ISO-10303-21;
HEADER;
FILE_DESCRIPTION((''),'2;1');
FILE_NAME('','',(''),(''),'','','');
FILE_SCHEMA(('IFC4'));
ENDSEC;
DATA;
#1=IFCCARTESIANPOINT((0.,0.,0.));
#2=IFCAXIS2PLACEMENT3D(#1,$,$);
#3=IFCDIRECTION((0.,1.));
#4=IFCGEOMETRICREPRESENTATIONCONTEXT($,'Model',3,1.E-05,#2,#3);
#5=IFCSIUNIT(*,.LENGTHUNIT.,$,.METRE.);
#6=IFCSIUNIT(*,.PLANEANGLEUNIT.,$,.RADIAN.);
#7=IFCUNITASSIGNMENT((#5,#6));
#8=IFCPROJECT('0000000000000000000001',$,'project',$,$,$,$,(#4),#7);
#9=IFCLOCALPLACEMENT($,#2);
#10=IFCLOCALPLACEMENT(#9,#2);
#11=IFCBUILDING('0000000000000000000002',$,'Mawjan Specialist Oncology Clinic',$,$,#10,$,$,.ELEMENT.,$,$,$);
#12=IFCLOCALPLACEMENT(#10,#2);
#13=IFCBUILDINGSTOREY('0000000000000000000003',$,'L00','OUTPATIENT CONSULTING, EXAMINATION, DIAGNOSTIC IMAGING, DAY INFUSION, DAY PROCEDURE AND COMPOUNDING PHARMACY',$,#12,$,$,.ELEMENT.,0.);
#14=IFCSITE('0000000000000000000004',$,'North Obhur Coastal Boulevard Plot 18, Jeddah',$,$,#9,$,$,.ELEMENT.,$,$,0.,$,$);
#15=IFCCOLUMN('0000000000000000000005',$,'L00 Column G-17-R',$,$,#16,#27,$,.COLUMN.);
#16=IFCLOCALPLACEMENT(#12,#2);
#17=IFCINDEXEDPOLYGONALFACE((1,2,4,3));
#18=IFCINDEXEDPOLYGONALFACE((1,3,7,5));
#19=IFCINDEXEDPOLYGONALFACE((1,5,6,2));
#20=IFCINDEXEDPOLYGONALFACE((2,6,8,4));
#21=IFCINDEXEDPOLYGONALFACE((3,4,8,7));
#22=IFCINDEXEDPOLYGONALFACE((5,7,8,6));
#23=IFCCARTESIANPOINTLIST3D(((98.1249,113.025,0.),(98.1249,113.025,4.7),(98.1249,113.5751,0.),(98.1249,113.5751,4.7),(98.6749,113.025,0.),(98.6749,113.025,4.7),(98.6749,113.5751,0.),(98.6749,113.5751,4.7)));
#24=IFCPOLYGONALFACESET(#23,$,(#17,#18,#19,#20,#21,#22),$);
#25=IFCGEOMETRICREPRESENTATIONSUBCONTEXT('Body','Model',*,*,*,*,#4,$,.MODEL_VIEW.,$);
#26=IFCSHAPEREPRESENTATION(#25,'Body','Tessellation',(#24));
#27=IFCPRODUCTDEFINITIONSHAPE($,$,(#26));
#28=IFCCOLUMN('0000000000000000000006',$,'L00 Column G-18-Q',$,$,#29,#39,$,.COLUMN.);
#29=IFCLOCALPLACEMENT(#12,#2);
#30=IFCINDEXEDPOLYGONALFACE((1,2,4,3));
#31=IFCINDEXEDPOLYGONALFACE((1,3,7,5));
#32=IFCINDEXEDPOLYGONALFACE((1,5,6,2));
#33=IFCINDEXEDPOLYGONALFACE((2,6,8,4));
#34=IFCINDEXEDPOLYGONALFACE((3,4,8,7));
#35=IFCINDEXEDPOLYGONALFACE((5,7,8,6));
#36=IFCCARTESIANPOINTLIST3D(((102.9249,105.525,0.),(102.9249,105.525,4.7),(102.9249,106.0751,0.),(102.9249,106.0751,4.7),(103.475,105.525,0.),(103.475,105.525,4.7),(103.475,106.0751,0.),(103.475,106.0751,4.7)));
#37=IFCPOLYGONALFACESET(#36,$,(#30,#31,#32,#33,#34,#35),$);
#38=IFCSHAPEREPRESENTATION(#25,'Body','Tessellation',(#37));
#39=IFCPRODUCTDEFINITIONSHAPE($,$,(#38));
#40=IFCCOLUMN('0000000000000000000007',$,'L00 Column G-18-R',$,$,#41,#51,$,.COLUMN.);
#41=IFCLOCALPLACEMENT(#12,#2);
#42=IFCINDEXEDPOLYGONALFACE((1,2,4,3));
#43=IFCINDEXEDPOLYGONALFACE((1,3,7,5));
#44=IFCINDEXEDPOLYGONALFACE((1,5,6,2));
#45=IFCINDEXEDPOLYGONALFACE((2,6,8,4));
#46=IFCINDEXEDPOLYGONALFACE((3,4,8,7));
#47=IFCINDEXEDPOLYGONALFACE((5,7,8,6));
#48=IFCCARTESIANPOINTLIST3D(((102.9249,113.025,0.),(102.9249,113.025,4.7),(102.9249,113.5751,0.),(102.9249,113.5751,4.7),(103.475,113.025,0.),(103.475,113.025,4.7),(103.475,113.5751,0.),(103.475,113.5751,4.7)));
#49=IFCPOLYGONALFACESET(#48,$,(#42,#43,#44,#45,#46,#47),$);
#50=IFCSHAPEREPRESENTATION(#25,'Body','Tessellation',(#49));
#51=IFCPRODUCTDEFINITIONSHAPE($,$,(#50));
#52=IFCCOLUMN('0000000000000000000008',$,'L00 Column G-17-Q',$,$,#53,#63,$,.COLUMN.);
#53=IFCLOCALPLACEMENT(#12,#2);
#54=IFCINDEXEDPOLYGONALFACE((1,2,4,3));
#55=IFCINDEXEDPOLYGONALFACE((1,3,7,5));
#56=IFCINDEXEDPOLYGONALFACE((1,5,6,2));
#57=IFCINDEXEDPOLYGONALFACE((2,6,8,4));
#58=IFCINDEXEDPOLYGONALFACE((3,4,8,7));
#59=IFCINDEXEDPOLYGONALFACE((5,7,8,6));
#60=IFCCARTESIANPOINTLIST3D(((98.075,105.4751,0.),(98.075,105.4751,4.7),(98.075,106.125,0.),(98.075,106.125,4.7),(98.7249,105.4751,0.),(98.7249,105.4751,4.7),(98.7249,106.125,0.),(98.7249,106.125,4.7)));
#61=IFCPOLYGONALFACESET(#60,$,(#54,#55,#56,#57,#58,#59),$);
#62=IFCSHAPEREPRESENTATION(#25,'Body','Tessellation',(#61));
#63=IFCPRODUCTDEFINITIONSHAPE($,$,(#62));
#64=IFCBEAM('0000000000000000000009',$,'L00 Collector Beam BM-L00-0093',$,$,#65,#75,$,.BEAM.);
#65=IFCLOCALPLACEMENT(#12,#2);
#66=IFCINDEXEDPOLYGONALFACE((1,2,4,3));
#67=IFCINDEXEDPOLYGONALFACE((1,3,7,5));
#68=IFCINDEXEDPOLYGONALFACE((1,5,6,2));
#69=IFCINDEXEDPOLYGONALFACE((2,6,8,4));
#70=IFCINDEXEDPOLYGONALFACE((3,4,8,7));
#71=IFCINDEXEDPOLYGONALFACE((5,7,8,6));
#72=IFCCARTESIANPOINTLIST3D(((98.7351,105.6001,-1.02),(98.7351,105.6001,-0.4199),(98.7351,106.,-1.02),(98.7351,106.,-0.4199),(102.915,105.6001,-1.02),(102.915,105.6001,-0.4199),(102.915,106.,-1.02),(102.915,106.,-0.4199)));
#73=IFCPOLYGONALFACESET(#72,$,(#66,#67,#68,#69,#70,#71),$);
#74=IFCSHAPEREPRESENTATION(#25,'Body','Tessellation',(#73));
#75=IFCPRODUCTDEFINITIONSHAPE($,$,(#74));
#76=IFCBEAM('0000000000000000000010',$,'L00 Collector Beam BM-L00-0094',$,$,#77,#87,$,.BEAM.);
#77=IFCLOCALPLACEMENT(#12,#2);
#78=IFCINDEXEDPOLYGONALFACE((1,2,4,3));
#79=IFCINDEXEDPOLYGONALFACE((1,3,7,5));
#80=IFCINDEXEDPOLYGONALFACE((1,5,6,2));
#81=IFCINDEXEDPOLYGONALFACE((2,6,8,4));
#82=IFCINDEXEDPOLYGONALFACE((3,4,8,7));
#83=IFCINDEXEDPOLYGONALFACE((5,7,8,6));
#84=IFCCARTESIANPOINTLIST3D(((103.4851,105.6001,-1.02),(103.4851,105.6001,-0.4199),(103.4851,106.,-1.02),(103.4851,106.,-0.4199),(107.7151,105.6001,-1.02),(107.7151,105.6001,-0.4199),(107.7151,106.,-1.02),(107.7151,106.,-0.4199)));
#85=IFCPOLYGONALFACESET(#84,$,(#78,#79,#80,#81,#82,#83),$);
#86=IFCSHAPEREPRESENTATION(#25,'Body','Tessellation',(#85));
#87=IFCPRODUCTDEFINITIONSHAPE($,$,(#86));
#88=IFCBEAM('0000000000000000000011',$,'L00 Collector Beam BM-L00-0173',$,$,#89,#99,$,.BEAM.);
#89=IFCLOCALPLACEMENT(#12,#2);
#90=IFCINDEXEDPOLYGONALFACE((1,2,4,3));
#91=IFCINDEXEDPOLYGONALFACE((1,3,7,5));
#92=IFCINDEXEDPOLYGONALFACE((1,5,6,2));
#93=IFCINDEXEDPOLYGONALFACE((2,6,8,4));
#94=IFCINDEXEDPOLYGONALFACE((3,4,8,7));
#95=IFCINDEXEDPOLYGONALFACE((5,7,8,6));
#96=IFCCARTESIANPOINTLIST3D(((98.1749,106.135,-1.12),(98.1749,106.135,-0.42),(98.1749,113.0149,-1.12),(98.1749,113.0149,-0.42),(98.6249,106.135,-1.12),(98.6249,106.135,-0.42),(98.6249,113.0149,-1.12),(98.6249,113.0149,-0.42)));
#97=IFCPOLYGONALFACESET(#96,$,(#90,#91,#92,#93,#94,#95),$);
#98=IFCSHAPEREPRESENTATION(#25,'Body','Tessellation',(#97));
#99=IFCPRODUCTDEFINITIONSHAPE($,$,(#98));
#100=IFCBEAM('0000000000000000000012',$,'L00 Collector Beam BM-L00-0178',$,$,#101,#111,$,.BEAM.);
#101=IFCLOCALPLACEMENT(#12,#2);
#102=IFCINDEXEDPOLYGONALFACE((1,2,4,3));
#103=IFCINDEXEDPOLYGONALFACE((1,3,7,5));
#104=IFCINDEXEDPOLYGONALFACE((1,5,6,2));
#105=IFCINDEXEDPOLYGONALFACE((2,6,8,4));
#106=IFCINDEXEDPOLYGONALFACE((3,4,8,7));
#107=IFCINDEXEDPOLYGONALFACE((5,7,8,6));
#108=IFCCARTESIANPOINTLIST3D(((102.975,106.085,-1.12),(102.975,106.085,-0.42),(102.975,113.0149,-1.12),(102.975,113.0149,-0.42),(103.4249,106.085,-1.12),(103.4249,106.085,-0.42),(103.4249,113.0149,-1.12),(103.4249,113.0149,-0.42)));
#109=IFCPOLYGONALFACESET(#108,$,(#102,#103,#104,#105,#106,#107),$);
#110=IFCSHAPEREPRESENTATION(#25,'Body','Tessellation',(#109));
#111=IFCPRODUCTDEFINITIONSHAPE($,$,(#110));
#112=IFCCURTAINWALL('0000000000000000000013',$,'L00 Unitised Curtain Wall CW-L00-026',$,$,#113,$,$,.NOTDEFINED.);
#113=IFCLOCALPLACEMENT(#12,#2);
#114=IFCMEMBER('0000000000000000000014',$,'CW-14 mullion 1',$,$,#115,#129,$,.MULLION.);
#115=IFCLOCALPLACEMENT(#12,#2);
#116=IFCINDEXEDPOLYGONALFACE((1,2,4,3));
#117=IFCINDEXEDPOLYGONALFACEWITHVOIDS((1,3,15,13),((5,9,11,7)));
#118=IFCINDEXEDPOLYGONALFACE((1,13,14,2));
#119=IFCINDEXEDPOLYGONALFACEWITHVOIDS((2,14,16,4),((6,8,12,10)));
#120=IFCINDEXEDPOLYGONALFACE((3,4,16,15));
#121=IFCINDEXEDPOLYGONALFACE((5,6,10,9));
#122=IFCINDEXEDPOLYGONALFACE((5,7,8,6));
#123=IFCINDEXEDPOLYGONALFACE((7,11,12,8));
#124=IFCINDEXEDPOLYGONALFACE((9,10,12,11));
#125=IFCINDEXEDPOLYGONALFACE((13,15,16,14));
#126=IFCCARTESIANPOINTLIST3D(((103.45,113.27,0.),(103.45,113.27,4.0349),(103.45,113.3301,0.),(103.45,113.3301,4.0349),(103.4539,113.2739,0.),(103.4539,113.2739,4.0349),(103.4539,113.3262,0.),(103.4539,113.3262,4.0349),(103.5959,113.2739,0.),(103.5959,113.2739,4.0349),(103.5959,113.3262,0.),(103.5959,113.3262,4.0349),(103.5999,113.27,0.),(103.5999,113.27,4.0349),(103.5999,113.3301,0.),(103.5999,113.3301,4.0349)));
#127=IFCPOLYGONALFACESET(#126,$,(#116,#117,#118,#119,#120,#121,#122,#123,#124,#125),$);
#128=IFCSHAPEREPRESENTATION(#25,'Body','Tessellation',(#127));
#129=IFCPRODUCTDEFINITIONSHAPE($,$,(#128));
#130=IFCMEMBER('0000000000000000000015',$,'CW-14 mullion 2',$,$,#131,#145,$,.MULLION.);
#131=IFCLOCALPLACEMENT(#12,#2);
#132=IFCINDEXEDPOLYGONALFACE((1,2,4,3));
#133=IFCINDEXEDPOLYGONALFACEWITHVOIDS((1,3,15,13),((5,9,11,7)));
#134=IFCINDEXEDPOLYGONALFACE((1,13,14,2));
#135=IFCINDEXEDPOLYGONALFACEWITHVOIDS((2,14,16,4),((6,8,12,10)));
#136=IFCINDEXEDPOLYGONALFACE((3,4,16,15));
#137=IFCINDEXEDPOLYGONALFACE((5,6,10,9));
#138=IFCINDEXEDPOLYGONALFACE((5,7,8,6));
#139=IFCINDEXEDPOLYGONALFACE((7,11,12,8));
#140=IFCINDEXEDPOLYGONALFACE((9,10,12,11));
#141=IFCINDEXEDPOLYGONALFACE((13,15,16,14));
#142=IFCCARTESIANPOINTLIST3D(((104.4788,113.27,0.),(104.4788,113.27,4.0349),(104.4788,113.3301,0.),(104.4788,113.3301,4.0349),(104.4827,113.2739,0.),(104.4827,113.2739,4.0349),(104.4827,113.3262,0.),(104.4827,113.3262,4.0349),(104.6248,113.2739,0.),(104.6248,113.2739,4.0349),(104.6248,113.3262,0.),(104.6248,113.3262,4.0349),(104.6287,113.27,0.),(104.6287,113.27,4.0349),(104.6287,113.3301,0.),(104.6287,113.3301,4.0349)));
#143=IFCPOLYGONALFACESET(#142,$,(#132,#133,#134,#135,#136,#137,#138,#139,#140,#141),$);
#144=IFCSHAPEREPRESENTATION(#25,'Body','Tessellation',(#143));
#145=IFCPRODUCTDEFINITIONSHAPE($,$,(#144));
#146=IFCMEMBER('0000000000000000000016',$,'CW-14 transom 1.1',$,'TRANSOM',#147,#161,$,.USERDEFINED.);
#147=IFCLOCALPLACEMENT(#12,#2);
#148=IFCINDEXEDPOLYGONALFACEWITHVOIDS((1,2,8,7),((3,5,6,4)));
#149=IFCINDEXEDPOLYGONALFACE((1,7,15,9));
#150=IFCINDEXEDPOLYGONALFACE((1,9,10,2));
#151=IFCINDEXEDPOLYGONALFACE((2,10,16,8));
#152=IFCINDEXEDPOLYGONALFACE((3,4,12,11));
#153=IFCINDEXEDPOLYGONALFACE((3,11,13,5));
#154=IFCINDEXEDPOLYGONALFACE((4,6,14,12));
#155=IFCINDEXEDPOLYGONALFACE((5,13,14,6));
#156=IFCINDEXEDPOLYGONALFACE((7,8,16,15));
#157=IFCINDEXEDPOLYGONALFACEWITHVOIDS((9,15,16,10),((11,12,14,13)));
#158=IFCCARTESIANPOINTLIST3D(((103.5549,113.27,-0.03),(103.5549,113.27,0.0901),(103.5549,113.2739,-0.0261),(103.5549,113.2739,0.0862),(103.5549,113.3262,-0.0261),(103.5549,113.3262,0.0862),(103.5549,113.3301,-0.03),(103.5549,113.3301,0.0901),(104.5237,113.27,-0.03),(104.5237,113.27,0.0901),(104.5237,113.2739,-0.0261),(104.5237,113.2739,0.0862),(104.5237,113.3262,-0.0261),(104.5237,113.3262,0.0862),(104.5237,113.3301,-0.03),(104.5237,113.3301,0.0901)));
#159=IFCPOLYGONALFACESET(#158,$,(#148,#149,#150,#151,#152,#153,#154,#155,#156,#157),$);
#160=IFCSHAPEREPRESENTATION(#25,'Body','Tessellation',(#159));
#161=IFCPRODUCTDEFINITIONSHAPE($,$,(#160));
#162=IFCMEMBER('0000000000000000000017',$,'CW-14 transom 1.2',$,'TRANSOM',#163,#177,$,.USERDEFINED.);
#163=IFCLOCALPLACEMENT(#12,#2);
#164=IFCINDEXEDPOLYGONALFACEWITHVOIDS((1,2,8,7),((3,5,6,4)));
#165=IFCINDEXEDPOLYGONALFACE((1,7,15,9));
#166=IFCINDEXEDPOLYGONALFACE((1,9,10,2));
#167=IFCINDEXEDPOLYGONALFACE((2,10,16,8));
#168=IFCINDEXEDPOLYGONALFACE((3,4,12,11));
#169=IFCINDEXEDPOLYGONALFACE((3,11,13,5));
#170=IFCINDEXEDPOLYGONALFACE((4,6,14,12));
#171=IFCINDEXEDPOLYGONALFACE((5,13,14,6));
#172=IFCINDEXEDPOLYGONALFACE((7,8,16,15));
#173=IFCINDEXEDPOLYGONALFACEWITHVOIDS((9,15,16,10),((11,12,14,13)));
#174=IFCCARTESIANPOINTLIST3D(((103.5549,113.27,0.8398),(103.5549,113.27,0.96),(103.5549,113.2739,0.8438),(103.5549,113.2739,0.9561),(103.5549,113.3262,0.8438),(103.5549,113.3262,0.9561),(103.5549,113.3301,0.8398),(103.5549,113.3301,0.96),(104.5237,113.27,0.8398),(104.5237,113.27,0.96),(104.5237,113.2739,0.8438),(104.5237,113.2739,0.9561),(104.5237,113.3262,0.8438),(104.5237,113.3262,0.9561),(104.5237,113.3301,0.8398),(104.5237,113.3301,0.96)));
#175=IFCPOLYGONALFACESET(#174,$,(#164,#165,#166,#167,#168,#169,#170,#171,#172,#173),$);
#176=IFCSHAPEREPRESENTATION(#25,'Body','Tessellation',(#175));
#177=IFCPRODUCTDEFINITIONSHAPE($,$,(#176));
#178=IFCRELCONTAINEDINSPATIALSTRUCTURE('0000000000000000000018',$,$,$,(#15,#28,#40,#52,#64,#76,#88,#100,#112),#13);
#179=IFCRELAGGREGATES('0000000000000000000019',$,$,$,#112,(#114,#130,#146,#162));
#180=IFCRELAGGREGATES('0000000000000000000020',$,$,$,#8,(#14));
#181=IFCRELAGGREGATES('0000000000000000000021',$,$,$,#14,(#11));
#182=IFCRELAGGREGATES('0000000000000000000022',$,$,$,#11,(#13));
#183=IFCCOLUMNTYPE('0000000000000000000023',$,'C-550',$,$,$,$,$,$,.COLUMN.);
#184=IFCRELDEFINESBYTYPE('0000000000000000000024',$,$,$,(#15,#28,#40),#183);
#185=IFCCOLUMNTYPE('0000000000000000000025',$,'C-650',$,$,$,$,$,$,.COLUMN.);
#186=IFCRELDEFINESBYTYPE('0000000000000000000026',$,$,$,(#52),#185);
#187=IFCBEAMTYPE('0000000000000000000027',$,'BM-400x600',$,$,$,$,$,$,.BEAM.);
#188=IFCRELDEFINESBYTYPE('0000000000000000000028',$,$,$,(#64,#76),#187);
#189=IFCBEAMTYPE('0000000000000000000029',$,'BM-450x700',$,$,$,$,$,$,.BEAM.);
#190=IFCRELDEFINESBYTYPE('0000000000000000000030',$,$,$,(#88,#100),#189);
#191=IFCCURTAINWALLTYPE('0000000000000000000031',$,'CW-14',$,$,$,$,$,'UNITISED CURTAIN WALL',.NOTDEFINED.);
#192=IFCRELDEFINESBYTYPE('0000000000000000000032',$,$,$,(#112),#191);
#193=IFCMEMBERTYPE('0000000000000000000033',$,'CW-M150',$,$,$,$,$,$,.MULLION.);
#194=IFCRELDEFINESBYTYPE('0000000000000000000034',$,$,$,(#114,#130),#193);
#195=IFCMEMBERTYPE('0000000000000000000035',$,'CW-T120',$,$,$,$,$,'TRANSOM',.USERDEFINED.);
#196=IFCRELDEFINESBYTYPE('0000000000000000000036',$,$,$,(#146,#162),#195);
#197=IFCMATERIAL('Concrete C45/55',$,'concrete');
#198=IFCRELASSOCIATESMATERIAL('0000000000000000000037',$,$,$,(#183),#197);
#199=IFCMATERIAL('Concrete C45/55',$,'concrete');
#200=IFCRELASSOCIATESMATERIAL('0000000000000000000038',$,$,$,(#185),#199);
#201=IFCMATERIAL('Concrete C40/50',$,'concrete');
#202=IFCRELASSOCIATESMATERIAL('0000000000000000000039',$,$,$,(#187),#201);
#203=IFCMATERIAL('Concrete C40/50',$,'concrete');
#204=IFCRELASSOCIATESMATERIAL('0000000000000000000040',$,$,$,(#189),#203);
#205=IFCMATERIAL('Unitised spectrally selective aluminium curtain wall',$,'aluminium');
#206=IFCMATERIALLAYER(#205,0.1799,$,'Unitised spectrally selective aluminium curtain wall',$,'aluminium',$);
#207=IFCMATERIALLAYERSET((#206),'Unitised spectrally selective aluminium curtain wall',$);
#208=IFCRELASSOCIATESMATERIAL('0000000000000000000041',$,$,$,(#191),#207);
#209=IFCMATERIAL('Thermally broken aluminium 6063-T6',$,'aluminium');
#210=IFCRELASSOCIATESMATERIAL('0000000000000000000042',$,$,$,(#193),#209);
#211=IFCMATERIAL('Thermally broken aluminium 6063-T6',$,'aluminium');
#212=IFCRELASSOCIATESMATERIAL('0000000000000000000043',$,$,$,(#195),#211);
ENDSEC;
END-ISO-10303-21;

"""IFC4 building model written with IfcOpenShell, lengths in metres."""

from ifc_helpers import new_model, si_unit, direction, frame, origin, origin_2d, place, context, subcontext, project, spatial, rectangle, hollow_rectangle, extrude, material, layer, layer_set, material_profile, profile_set, type_object, element, aggregate, save


model = new_model("IFC4")

# Units and contexts
model_context = context("Model", 3, precision=1e-05, world=origin(), true_north=direction((0.0, 1.0)))
body_context = subcontext(model_context, "Body", "Model", "MODEL_VIEW")
ifc_project = project(units=[si_unit("LENGTHUNIT", "METRE"), si_unit("PLANEANGLEUNIT", "RADIAN")], contexts=[model_context])

# Site, building, storey
site_placement = place(None, origin())
site = spatial("IfcSite", under=ifc_project, at=site_placement, Name="North Obhur Coastal Boulevard Plot 18, Jeddah", CompositionType="ELEMENT", RefElevation=0.0)
building_placement = place(site_placement, origin())
building = spatial("IfcBuilding", under=site, at=building_placement, Name="Mawjan Specialist Oncology Clinic", CompositionType="ELEMENT")
storey_placement = place(building_placement, origin())
storey = spatial("IfcBuildingStorey", under=building, at=storey_placement, Name="L00", Description="OUTPATIENT CONSULTING, EXAMINATION, DIAGNOSTIC IMAGING, DAY INFUSION, DAY PROCEDURE AND COMPOUNDING PHARMACY", CompositionType="ELEMENT", Elevation=0.0)

# Columns
ifc_material_1 = material(Name="Concrete C45/55", Category="concrete")
ifc_material_profile_1 = material_profile(ifc_material_1, rectangle(XDim=0.55, YDim=0.55, at=origin_2d()), Name="RC COL 550x550", Category="concrete")
ifc_profile_set_1 = profile_set([ifc_material_profile_1], Name="Concrete C45/55")
column_type_1 = type_object("IfcColumnType", Name="C-550", PredefinedType="COLUMN", material=ifc_profile_set_1)
for number, where, z_axis, x_axis, name in (
    (1, (98.3999, 113.3, 0.0), (0.0, 0.0, 1.0), (1.0, 0.0, 0.0), "L00 Column G-17-R"),
    (2, (103.2, 105.8, 0.0), (0.0, 0.0, 1.0), (1.0, 0.0, 0.0), "L00 Column G-18-Q"),
    (3, (103.2, 113.3, 0.0), (0.0, 0.0, 1.0), (1.0, 0.0, 0.0), "L00 Column G-18-R"),
):
    element("IfcColumn", number, at=place(storey_placement, frame(where, z_axis=z_axis, x_axis=x_axis)), inside=storey, type_object=column_type_1, Name=name, PredefinedType="COLUMN", context=body_context, shape_type="SweptSolid", body=[
        extrude(rectangle(XDim=0.55, YDim=0.55, at=origin_2d()), origin(), (0.0, 0.0, 1.0), 4.7),
    ])
ifc_material_2 = material(Name="Concrete C45/55", Category="concrete")
ifc_material_profile_2 = material_profile(ifc_material_2, rectangle(XDim=0.6499, YDim=0.6499, at=origin_2d()), Name="RC COL 650x650", Category="concrete")
ifc_profile_set_2 = profile_set([ifc_material_profile_2], Name="Concrete C45/55")
column_type_2 = type_object("IfcColumnType", Name="C-650", PredefinedType="COLUMN", material=ifc_profile_set_2)
column_placement = place(storey_placement, frame((98.3999, 105.8, 0.0), z_axis=(0.0, 0.0, 1.0), x_axis=(1.0, 0.0, 0.0)))
element("IfcColumn", 4, at=column_placement, inside=storey, type_object=column_type_2, Name="L00 Column G-17-Q", PredefinedType="COLUMN", context=body_context, shape_type="SweptSolid", body=[
    extrude(rectangle(XDim=0.6499, YDim=0.6499, at=origin_2d()), origin(), (0.0, 0.0, 1.0), 4.7),
])

# Beams
ifc_material_3 = material(Name="Concrete C40/50", Category="concrete")
ifc_material_profile_3 = material_profile(ifc_material_3, rectangle(XDim=0.3999, YDim=0.6001, at=origin_2d()), Name="RC BM 400x600", Category="concrete")
ifc_profile_set_3 = profile_set([ifc_material_profile_3], Name="Concrete C40/50")
beam_type_1 = type_object("IfcBeamType", Name="BM-400x600", PredefinedType="BEAM", material=ifc_profile_set_3)
beam_1_placement = place(storey_placement, frame((98.7351, 105.8, -0.72), z_axis=(1.0, 0.0, 0.0), x_axis=(0.0, 1.0, 0.0)))
element("IfcBeam", 5, at=beam_1_placement, inside=storey, type_object=beam_type_1, Name="L00 Collector Beam BM-L00-0093", PredefinedType="BEAM", context=body_context, shape_type="SweptSolid", body=[
    extrude(rectangle(XDim=0.3999, YDim=0.6001, at=origin_2d()), origin(), (0.0, 0.0, 1.0), 4.1799),
])
beam_2_placement = place(storey_placement, frame((103.4851, 105.8, -0.72), z_axis=(1.0, 0.0, 0.0), x_axis=(0.0, 1.0, 0.0)))
element("IfcBeam", 6, at=beam_2_placement, inside=storey, type_object=beam_type_1, Name="L00 Collector Beam BM-L00-0094", PredefinedType="BEAM", context=body_context, shape_type="SweptSolid", body=[
    extrude(rectangle(XDim=0.3999, YDim=0.6001, at=origin_2d()), origin(), (0.0, 0.0, 1.0), 4.23),
])
ifc_material_4 = material(Name="Concrete C40/50", Category="concrete")
ifc_material_profile_4 = material_profile(ifc_material_4, rectangle(XDim=0.45, YDim=0.7, at=origin_2d()), Name="RC BM 450x700", Category="concrete")
ifc_profile_set_4 = profile_set([ifc_material_profile_4], Name="Concrete C40/50")
beam_type_2 = type_object("IfcBeamType", Name="BM-450x700", PredefinedType="BEAM", material=ifc_profile_set_4)
beam_3_placement = place(storey_placement, frame((98.3999, 106.135, -0.77), z_axis=(0.0, 1.0, 0.0), x_axis=(-1.0, 0.0, 0.0)))
element("IfcBeam", 7, at=beam_3_placement, inside=storey, type_object=beam_type_2, Name="L00 Collector Beam BM-L00-0173", PredefinedType="BEAM", context=body_context, shape_type="SweptSolid", body=[
    extrude(rectangle(XDim=0.45, YDim=0.7, at=origin_2d()), origin(), (0.0, 0.0, 1.0), 6.8799),
])
beam_4_placement = place(storey_placement, frame((103.2, 106.085, -0.77), z_axis=(0.0, 1.0, 0.0), x_axis=(-1.0, 0.0, 0.0)))
element("IfcBeam", 8, at=beam_4_placement, inside=storey, type_object=beam_type_2, Name="L00 Collector Beam BM-L00-0178", PredefinedType="BEAM", context=body_context, shape_type="SweptSolid", body=[
    extrude(rectangle(XDim=0.45, YDim=0.7, at=origin_2d()), origin(), (0.0, 0.0, 1.0), 6.9299),
])

# Curtain wall, members
ifc_material_5 = material(Name="Unitised spectrally selective aluminium curtain wall", Category="aluminium")
ifc_layer_1 = layer(ifc_material_5, 0.1799, Name="Unitised spectrally selective aluminium curtain wall", Category="aluminium")
ifc_layer_set_1 = layer_set([ifc_layer_1], Name="Unitised spectrally selective aluminium curtain wall")
curtain_wall_type = type_object("IfcCurtainWallType", Name="CW-14", ElementType="UNITISED CURTAIN WALL", PredefinedType="NOTDEFINED", material=ifc_layer_set_1)
curtain_wall_placement = place(storey_placement, origin())
curtain_wall = element("IfcCurtainWall", 9, at=curtain_wall_placement, inside=storey, type_object=curtain_wall_type, Name="L00 Unitised Curtain Wall CW-L00-026", PredefinedType="NOTDEFINED")
ifc_material_6 = material(Name="Thermally broken aluminium 6063-T6", Category="aluminium")
ifc_material_profile_5 = material_profile(ifc_material_6, hollow_rectangle(XDim=0.0601, YDim=0.1499, WallThickness=0.0039, at=origin_2d()), Name="ALU MULLION 150x60x4", Category="aluminium")
ifc_profile_set_5 = profile_set([ifc_material_profile_5], Name="Thermally broken aluminium 6063-T6")
member_type_1 = type_object("IfcMemberType", Name="CW-M150", PredefinedType="MULLION", material=ifc_profile_set_5)
member_1_placement = place(storey_placement, frame((103.5249, 113.3, 0.0), z_axis=(0.0, 0.0, 1.0), x_axis=(0.0, 1.0, 0.0)))
member_1 = element("IfcMember", 10, at=member_1_placement, type_object=member_type_1, Name="CW-14 mullion 1", PredefinedType="MULLION", context=body_context, shape_type="SweptSolid", body=[
    extrude(hollow_rectangle(XDim=0.0601, YDim=0.1499, WallThickness=0.0039, at=origin_2d()), origin(), (0.0, 0.0, 1.0), 4.0349),
])
member_2_placement = place(storey_placement, frame((104.5537, 113.3, 0.0), z_axis=(0.0, 0.0, 1.0), x_axis=(0.0, 1.0, 0.0)))
member_2 = element("IfcMember", 11, at=member_2_placement, type_object=member_type_1, Name="CW-14 mullion 2", PredefinedType="MULLION", context=body_context, shape_type="SweptSolid", body=[
    extrude(hollow_rectangle(XDim=0.0601, YDim=0.1499, WallThickness=0.0039, at=origin_2d()), origin(), (0.0, 0.0, 1.0), 4.0349),
])
ifc_material_7 = material(Name="Thermally broken aluminium 6063-T6", Category="aluminium")
ifc_material_profile_6 = material_profile(ifc_material_7, hollow_rectangle(XDim=0.0601, YDim=0.1201, WallThickness=0.0039, at=origin_2d()), Name="ALU TRANSOM 120x60x4", Category="aluminium")
ifc_profile_set_6 = profile_set([ifc_material_profile_6], Name="Thermally broken aluminium 6063-T6")
member_type_2 = type_object("IfcMemberType", Name="CW-T120", ElementType="TRANSOM", PredefinedType="USERDEFINED", material=ifc_profile_set_6)
member_3_placement = place(storey_placement, frame((103.5549, 113.3, 0.03), z_axis=(1.0, 0.0, 0.0), x_axis=(0.0, 1.0, 0.0)))
member_3 = element("IfcMember", 12, at=member_3_placement, type_object=member_type_2, Name="CW-14 transom 1.1", ObjectType="TRANSOM", PredefinedType="USERDEFINED", context=body_context, shape_type="SweptSolid", body=[
    extrude(hollow_rectangle(XDim=0.0601, YDim=0.1201, WallThickness=0.0039, at=origin_2d()), origin(), (0.0, 0.0, 1.0), 0.9688),
])
member_4_placement = place(storey_placement, frame((103.5549, 113.3, 0.8999), z_axis=(1.0, 0.0, 0.0), x_axis=(0.0, 1.0, 0.0)))
member_4 = element("IfcMember", 13, at=member_4_placement, type_object=member_type_2, Name="CW-14 transom 1.2", ObjectType="TRANSOM", PredefinedType="USERDEFINED", context=body_context, shape_type="SweptSolid", body=[
    extrude(hollow_rectangle(XDim=0.0601, YDim=0.1201, WallThickness=0.0039, at=origin_2d()), origin(), (0.0, 0.0, 1.0), 0.9688),
])

aggregate(curtain_wall, [member_1, member_2, member_3, member_4])

save(model, "model.ifc")
